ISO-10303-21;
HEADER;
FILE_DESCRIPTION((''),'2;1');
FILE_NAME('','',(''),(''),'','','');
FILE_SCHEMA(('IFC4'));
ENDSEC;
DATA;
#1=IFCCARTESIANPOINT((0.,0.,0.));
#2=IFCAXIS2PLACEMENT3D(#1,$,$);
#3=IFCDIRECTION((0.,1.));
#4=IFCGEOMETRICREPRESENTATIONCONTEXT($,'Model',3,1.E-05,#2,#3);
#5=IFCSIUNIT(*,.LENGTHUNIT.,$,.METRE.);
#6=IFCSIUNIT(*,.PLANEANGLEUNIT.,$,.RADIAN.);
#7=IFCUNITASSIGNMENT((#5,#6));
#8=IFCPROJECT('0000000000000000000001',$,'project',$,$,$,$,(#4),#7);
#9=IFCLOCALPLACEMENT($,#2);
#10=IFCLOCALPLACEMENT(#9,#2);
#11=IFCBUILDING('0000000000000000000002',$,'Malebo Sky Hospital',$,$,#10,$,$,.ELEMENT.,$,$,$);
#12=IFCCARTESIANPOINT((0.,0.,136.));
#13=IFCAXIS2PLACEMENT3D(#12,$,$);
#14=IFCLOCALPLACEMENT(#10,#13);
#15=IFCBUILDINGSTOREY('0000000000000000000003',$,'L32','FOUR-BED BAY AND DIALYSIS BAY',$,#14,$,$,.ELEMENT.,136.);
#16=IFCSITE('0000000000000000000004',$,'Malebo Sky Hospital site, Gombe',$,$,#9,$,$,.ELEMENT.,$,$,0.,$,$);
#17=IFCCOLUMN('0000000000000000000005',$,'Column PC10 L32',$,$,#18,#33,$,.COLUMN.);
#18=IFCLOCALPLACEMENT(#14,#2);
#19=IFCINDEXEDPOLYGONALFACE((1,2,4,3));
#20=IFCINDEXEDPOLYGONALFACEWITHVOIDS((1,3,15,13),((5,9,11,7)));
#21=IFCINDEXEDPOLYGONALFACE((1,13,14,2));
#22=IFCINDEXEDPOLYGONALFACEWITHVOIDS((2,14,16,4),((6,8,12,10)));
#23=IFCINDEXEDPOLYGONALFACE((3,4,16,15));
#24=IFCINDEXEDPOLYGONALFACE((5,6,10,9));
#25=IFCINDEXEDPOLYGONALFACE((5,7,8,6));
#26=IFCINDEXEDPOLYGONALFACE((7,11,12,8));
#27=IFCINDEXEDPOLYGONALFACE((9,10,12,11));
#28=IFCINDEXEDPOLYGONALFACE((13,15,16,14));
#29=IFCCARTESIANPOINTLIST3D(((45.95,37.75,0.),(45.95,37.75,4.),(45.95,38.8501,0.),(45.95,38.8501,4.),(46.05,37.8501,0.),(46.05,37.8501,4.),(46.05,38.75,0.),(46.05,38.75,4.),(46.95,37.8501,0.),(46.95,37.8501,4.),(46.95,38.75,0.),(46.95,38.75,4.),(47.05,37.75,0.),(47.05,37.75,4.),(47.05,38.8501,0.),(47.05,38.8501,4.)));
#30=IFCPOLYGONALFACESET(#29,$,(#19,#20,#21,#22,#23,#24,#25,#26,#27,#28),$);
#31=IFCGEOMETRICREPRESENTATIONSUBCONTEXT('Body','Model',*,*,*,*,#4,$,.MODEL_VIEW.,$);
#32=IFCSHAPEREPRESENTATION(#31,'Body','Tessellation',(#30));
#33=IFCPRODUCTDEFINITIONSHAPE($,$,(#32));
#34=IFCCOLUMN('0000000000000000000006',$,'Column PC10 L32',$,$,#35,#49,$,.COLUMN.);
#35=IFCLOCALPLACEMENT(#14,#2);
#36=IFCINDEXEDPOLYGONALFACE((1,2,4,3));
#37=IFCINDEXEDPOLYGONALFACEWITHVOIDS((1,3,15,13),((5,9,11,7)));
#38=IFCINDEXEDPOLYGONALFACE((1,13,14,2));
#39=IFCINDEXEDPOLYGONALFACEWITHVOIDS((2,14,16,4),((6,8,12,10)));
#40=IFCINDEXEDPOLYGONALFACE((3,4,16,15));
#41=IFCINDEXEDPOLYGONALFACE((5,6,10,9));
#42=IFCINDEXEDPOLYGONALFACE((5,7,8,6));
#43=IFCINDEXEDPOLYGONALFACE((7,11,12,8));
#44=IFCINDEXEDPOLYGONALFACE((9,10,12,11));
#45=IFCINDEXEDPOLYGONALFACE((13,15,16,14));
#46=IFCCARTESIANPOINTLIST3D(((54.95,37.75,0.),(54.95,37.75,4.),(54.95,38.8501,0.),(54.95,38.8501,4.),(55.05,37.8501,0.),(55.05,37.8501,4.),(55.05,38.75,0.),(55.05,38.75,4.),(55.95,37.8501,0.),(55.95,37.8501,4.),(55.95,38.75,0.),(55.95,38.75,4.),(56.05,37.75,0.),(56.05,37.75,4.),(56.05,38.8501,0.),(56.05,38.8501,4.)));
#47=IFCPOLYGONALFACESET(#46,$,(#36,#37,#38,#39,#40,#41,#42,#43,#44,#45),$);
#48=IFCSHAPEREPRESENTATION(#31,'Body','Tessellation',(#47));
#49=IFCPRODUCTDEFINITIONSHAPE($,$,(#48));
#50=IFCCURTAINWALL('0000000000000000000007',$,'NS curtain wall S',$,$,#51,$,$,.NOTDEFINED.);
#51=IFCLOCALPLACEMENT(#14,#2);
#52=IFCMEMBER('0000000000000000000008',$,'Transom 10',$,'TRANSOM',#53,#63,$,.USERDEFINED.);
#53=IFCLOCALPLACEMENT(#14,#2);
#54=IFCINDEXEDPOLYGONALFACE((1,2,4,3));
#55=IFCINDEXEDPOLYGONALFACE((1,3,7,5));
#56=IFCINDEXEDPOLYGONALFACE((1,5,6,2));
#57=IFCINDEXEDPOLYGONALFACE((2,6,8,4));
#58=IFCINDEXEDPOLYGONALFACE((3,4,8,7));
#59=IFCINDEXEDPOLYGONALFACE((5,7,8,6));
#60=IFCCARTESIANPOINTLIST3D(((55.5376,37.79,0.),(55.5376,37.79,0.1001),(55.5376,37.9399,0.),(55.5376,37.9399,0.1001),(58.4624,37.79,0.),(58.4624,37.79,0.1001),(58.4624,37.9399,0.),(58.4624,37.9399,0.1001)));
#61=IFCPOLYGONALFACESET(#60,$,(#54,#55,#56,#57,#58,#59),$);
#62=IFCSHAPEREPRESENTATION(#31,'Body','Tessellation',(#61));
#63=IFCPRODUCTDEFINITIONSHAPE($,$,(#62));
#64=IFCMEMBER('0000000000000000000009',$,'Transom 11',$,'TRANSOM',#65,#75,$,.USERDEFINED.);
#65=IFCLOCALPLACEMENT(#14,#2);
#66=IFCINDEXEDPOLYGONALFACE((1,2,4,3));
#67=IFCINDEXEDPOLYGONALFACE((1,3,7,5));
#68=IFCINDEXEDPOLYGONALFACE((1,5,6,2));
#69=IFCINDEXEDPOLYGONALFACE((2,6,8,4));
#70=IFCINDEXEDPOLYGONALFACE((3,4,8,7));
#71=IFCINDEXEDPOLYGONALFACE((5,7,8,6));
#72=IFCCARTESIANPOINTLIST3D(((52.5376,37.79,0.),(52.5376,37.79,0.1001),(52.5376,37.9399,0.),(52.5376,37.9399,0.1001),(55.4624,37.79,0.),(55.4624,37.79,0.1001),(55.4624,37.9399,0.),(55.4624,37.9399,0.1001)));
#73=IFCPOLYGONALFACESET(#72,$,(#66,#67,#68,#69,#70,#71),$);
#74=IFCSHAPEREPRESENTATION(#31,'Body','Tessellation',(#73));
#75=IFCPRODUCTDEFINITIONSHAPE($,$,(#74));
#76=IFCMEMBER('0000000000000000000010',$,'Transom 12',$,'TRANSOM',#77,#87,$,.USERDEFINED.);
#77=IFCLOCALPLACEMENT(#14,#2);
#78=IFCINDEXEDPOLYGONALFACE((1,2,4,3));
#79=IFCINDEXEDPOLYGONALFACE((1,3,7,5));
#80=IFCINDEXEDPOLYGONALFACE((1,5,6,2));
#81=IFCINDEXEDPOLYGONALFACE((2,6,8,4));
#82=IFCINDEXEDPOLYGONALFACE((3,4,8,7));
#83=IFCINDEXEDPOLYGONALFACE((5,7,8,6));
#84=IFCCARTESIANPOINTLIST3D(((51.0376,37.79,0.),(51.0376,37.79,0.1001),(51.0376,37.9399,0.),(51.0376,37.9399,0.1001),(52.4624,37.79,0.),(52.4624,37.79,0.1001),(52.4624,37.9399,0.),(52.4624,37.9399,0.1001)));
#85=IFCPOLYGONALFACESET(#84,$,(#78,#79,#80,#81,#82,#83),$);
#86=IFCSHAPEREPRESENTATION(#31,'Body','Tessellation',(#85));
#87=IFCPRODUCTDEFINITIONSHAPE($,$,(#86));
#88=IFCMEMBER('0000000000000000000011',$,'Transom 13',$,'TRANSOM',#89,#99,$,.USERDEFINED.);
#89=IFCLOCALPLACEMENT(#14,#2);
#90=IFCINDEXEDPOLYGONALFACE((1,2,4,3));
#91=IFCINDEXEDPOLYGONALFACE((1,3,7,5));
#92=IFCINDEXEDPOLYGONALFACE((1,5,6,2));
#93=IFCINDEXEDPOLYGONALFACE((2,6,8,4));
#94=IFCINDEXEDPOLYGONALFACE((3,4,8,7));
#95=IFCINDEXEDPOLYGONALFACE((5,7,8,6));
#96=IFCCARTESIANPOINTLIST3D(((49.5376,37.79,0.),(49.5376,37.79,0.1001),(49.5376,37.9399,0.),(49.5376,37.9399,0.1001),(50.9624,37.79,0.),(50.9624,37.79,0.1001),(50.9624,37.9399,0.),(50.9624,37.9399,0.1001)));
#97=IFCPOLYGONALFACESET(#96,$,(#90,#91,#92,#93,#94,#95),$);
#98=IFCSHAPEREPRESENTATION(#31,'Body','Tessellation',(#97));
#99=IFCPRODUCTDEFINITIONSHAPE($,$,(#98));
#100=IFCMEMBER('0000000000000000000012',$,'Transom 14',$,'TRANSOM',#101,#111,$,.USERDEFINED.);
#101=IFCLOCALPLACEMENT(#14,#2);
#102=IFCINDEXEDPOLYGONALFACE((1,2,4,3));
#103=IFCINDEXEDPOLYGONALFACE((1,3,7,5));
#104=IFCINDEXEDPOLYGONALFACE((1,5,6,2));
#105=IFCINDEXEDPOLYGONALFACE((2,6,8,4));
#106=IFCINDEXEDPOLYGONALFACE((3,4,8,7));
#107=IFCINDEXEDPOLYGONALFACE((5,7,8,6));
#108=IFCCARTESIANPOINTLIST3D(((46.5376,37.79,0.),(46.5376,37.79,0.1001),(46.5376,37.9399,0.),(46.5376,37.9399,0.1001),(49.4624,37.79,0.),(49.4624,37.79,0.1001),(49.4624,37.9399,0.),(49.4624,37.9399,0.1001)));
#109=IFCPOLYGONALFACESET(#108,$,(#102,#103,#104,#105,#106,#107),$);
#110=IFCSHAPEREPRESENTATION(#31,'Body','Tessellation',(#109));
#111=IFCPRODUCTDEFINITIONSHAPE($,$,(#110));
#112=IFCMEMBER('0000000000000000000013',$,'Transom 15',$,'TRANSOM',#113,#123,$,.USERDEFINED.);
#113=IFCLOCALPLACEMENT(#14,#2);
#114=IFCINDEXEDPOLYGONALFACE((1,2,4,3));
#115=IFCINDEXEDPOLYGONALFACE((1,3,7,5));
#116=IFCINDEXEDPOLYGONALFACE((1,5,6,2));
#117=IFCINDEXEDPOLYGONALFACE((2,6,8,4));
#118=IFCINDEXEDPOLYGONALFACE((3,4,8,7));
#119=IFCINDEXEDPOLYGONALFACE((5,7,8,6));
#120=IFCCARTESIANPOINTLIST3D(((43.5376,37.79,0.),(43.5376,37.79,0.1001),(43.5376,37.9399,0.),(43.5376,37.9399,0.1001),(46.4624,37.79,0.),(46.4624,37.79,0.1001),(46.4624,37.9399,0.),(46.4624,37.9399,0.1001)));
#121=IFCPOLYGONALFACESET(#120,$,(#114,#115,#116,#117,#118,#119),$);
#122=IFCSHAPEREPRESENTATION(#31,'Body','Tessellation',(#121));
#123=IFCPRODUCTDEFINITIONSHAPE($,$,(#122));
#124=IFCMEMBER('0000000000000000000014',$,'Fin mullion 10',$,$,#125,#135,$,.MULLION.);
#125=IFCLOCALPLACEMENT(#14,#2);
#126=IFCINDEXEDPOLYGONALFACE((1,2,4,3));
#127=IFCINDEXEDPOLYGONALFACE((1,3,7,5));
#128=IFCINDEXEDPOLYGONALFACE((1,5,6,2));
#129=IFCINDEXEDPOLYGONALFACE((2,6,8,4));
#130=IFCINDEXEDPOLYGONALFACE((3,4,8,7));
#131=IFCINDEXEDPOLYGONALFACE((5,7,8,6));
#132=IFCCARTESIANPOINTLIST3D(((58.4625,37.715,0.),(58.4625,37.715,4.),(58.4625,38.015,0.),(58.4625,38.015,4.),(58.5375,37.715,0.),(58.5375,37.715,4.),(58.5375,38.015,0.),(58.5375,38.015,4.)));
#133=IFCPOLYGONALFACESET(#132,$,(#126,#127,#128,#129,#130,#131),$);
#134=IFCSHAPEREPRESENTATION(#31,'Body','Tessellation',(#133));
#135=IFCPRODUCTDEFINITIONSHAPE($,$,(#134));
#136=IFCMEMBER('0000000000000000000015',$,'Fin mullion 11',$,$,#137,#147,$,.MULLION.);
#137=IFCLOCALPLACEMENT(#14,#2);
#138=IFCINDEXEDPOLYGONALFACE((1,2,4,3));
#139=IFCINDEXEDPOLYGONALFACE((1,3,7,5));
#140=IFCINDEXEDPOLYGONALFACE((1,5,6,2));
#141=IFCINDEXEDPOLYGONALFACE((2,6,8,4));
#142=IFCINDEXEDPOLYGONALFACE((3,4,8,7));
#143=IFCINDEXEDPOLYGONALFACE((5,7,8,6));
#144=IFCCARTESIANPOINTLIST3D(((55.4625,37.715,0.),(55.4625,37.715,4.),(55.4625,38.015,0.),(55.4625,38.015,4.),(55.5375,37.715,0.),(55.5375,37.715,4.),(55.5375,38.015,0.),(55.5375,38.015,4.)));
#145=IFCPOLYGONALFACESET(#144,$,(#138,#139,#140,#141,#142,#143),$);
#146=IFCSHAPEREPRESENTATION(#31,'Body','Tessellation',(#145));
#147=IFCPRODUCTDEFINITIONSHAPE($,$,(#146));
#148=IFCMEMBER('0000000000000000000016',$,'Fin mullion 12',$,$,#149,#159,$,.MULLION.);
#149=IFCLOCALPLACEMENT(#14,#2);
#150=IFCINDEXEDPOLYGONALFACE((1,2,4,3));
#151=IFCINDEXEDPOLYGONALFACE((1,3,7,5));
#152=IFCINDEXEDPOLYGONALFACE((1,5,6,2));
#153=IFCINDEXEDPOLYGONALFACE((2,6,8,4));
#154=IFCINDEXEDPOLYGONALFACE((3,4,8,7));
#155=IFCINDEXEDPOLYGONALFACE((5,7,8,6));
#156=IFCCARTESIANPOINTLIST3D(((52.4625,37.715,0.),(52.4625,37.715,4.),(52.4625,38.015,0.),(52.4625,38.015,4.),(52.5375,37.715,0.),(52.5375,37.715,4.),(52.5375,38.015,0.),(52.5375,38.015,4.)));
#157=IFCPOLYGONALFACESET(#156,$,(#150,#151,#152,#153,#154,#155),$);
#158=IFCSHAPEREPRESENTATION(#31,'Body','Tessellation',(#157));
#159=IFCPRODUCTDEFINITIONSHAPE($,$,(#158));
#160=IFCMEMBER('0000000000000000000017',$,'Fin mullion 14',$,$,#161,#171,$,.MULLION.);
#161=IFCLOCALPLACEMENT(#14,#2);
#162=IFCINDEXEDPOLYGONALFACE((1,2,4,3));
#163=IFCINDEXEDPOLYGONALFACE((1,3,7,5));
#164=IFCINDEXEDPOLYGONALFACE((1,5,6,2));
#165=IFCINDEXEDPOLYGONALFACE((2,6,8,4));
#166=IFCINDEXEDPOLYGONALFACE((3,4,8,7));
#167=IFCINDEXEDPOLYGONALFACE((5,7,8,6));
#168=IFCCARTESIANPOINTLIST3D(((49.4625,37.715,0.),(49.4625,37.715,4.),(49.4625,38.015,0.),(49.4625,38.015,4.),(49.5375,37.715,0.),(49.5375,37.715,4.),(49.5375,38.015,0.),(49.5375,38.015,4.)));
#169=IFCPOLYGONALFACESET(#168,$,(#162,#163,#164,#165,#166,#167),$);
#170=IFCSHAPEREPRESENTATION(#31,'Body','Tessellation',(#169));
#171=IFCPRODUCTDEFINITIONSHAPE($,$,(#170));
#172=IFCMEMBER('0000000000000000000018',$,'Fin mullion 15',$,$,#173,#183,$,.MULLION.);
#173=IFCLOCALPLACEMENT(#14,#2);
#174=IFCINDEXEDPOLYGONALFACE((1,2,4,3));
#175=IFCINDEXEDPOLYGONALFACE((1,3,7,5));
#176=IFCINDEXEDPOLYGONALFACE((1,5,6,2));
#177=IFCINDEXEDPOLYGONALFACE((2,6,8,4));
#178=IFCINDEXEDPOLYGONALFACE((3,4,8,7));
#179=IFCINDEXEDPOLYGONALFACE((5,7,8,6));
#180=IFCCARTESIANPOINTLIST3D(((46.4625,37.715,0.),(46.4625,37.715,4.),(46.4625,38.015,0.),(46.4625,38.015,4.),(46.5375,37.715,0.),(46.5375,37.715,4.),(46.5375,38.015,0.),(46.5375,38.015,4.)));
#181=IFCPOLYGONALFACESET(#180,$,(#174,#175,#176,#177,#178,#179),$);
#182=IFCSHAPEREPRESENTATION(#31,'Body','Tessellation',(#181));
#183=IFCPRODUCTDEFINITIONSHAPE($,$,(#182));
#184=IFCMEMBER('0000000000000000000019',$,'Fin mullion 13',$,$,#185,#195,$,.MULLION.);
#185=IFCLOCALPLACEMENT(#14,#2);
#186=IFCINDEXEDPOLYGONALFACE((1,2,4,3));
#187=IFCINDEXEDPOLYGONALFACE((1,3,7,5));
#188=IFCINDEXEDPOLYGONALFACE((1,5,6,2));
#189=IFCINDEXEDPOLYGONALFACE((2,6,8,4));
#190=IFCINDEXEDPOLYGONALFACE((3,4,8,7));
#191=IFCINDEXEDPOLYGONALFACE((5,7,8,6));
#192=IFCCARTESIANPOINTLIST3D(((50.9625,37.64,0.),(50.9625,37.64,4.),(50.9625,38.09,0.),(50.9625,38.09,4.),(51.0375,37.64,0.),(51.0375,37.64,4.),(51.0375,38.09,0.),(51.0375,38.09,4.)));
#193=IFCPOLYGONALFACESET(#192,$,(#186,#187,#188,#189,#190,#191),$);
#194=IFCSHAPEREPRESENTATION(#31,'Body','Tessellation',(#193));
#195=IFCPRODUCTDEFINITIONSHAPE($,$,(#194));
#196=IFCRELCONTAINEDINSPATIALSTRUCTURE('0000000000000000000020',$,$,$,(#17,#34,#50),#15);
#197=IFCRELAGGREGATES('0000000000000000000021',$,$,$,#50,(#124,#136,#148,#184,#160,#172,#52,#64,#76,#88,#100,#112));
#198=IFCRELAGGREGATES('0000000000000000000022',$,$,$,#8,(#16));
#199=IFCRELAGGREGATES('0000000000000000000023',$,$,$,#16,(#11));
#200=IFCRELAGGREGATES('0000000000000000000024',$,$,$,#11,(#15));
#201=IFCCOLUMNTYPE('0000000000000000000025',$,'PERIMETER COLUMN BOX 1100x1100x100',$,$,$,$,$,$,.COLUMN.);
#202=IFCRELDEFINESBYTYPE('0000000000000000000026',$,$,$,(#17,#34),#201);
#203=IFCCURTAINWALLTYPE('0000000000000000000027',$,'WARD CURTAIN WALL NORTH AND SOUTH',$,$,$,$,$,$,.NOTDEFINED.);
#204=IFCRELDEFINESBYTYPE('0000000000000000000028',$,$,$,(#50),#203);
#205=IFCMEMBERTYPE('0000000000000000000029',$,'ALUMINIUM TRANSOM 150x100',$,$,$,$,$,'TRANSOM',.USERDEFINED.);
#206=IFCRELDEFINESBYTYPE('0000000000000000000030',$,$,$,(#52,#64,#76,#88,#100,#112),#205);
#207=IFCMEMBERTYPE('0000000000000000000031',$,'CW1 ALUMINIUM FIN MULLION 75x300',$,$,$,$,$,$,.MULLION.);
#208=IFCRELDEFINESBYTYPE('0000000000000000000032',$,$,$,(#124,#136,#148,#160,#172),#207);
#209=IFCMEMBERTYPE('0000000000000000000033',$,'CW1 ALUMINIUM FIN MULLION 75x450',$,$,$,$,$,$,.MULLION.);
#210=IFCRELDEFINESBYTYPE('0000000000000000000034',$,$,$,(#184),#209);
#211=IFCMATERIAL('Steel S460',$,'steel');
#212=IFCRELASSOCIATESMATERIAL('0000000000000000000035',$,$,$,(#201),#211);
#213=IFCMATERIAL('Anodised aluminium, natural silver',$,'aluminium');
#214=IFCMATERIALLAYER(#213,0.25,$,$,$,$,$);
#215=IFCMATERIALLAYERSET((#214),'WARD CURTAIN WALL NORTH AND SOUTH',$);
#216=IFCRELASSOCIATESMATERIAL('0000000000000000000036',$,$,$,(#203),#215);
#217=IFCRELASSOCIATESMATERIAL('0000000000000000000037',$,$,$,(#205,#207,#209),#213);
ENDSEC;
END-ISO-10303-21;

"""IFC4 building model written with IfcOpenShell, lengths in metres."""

from ifc_helpers import new_model, si_unit, direction, frame, origin, origin_2d, place, context, subcontext, project, spatial, rectangle, hollow_rectangle, extrude, material, layer, layer_set, material_profile, profile_set, type_object, element, aggregate, save


model = new_model("IFC4")

# Units and contexts
model_context = context("Model", 3, precision=1e-05, world=origin(), true_north=direction((0.0, 1.0)))
body_context = subcontext(model_context, "Body", "Model", "MODEL_VIEW")
ifc_project = project(units=[si_unit("LENGTHUNIT", "METRE"), si_unit("PLANEANGLEUNIT", "RADIAN")], contexts=[model_context])

# Site, building, storey
site_placement = place(None, origin())
site = spatial("IfcSite", under=ifc_project, at=site_placement, Name="Malebo Sky Hospital site, Gombe", CompositionType="ELEMENT", RefElevation=0.0)
building_placement = place(site_placement, origin())
building = spatial("IfcBuilding", under=site, at=building_placement, Name="Malebo Sky Hospital", CompositionType="ELEMENT")
storey_placement = place(building_placement, frame((0.0, 0.0, 136.0)))
storey = spatial("IfcBuildingStorey", under=building, at=storey_placement, Name="L32", Description="FOUR-BED BAY AND DIALYSIS BAY", CompositionType="ELEMENT", Elevation=136.0)

# Columns
ifc_material_1 = material(Name="Steel S460", Category="steel")
ifc_material_profile_1 = material_profile(ifc_material_1, hollow_rectangle(XDim=1.1001, YDim=1.1001, WallThickness=0.1001, at=origin_2d()), Name="BOX 1100x1100x100")
ifc_profile_set_1 = profile_set([ifc_material_profile_1], Name="Steel S460")
column_type = type_object("IfcColumnType", Name="PERIMETER COLUMN BOX 1100x1100x100", PredefinedType="COLUMN", material=ifc_profile_set_1)
for number, where, z_axis, x_axis, name in (
    (1, (46.5, 38.3, 0.0), (0.0, 0.0, 1.0), (1.0, 0.0, 0.0), "Column PC10 L32"),
    (2, (55.5, 38.3, 0.0), (0.0, 0.0, 1.0), (1.0, 0.0, 0.0), "Column PC10 L32"),
):
    element("IfcColumn", number, at=place(storey_placement, frame(where, z_axis=z_axis, x_axis=x_axis)), inside=storey, type_object=column_type, Name=name, PredefinedType="COLUMN", context=body_context, shape_type="SweptSolid", body=[
        extrude(hollow_rectangle(XDim=1.1001, YDim=1.1001, WallThickness=0.1001, at=origin_2d()), origin(), (0.0, 0.0, 1.0), 4.0),
    ])

# Curtain wall, members
ifc_material_2 = material(Name="Anodised aluminium, natural silver", Category="aluminium")
ifc_layer_1 = layer(ifc_material_2, 0.25)
ifc_layer_set_1 = layer_set([ifc_layer_1], Name="WARD CURTAIN WALL NORTH AND SOUTH")
curtain_wall_type = type_object("IfcCurtainWallType", Name="WARD CURTAIN WALL NORTH AND SOUTH", PredefinedType="NOTDEFINED", material=ifc_layer_set_1)
curtain_wall_placement = place(storey_placement, origin())
curtain_wall = element("IfcCurtainWall", 3, at=curtain_wall_placement, inside=storey, type_object=curtain_wall_type, Name="NS curtain wall S", PredefinedType="NOTDEFINED")
ifc_material_profile_2 = material_profile(ifc_material_2, rectangle(XDim=0.1499, YDim=0.1001, at=origin_2d()), Name="ALUMINIUM TRANSOM 150x100")
ifc_profile_set_2 = profile_set([ifc_material_profile_2], Name="Anodised aluminium, natural silver")
member_type_1 = type_object("IfcMemberType", Name="ALUMINIUM TRANSOM 150x100", ElementType="TRANSOM", PredefinedType="USERDEFINED", material=ifc_profile_set_2)
member_1_placement = place(storey_placement, frame((58.4624, 37.865, 0.05), z_axis=(-1.0, 0.0, 0.0), x_axis=(0.0, -1.0, 0.0)))
member_1 = element("IfcMember", 4, at=member_1_placement, type_object=member_type_1, Name="Transom 10", ObjectType="TRANSOM", PredefinedType="USERDEFINED", context=body_context, shape_type="SweptSolid", body=[
    extrude(rectangle(XDim=0.1499, YDim=0.1001, at=origin_2d()), origin(), (0.0, 0.0, 1.0), 2.9248),
])
member_2_placement = place(storey_placement, frame((55.4624, 37.865, 0.05), z_axis=(-1.0, 0.0, 0.0), x_axis=(0.0, -1.0, 0.0)))
member_2 = element("IfcMember", 5, at=member_2_placement, type_object=member_type_1, Name="Transom 11", ObjectType="TRANSOM", PredefinedType="USERDEFINED", context=body_context, shape_type="SweptSolid", body=[
    extrude(rectangle(XDim=0.1499, YDim=0.1001, at=origin_2d()), origin(), (0.0, 0.0, 1.0), 2.9248),
])
member_3_placement = place(storey_placement, frame((52.4624, 37.865, 0.05), z_axis=(-1.0, 0.0, 0.0), x_axis=(0.0, -1.0, 0.0)))
member_3 = element("IfcMember", 6, at=member_3_placement, type_object=member_type_1, Name="Transom 12", ObjectType="TRANSOM", PredefinedType="USERDEFINED", context=body_context, shape_type="SweptSolid", body=[
    extrude(rectangle(XDim=0.1499, YDim=0.1001, at=origin_2d()), origin(), (0.0, 0.0, 1.0), 1.4248),
])
member_4_placement = place(storey_placement, frame((50.9624, 37.865, 0.05), z_axis=(-1.0, 0.0, 0.0), x_axis=(0.0, -1.0, 0.0)))
member_4 = element("IfcMember", 7, at=member_4_placement, type_object=member_type_1, Name="Transom 13", ObjectType="TRANSOM", PredefinedType="USERDEFINED", context=body_context, shape_type="SweptSolid", body=[
    extrude(rectangle(XDim=0.1499, YDim=0.1001, at=origin_2d()), origin(), (0.0, 0.0, 1.0), 1.4248),
])
member_5_placement = place(storey_placement, frame((49.4624, 37.865, 0.05), z_axis=(-1.0, 0.0, 0.0), x_axis=(0.0, -1.0, 0.0)))
member_5 = element("IfcMember", 8, at=member_5_placement, type_object=member_type_1, Name="Transom 14", ObjectType="TRANSOM", PredefinedType="USERDEFINED", context=body_context, shape_type="SweptSolid", body=[
    extrude(rectangle(XDim=0.1499, YDim=0.1001, at=origin_2d()), origin(), (0.0, 0.0, 1.0), 2.9248),
])
member_6_placement = place(storey_placement, frame((46.4624, 37.865, 0.05), z_axis=(-1.0, 0.0, 0.0), x_axis=(0.0, -1.0, 0.0)))
member_6 = element("IfcMember", 9, at=member_6_placement, type_object=member_type_1, Name="Transom 15", ObjectType="TRANSOM", PredefinedType="USERDEFINED", context=body_context, shape_type="SweptSolid", body=[
    extrude(rectangle(XDim=0.1499, YDim=0.1001, at=origin_2d()), origin(), (0.0, 0.0, 1.0), 2.9248),
])
ifc_material_profile_3 = material_profile(ifc_material_2, rectangle(XDim=0.075, YDim=0.3, at=origin_2d()), Name="CW1 ALUMINIUM FIN MULLION 75x300")
ifc_profile_set_3 = profile_set([ifc_material_profile_3], Name="Anodised aluminium, natural silver")
member_type_2 = type_object("IfcMemberType", Name="CW1 ALUMINIUM FIN MULLION 75x300", PredefinedType="MULLION", material=ifc_profile_set_3)
member_7_placement = place(storey_placement, frame((58.5, 37.865, 0.0), z_axis=(0.0, 0.0, 1.0), x_axis=(-1.0, 0.0, 0.0)))
member_7 = element("IfcMember", 10, at=member_7_placement, type_object=member_type_2, Name="Fin mullion 10", PredefinedType="MULLION", context=body_context, shape_type="SweptSolid", body=[
    extrude(rectangle(XDim=0.075, YDim=0.3, at=origin_2d()), origin(), (0.0, 0.0, 1.0), 4.0),
])
member_8_placement = place(storey_placement, frame((55.5, 37.865, 0.0), z_axis=(0.0, 0.0, 1.0), x_axis=(-1.0, 0.0, 0.0)))
member_8 = element("IfcMember", 11, at=member_8_placement, type_object=member_type_2, Name="Fin mullion 11", PredefinedType="MULLION", context=body_context, shape_type="SweptSolid", body=[
    extrude(rectangle(XDim=0.075, YDim=0.3, at=origin_2d()), origin(), (0.0, 0.0, 1.0), 4.0),
])
member_9_placement = place(storey_placement, frame((52.5, 37.865, 0.0), z_axis=(0.0, 0.0, 1.0), x_axis=(-1.0, 0.0, 0.0)))
member_9 = element("IfcMember", 12, at=member_9_placement, type_object=member_type_2, Name="Fin mullion 12", PredefinedType="MULLION", context=body_context, shape_type="SweptSolid", body=[
    extrude(rectangle(XDim=0.075, YDim=0.3, at=origin_2d()), origin(), (0.0, 0.0, 1.0), 4.0),
])
member_10_placement = place(storey_placement, frame((49.5, 37.865, 0.0), z_axis=(0.0, 0.0, 1.0), x_axis=(-1.0, 0.0, 0.0)))
member_10 = element("IfcMember", 13, at=member_10_placement, type_object=member_type_2, Name="Fin mullion 14", PredefinedType="MULLION", context=body_context, shape_type="SweptSolid", body=[
    extrude(rectangle(XDim=0.075, YDim=0.3, at=origin_2d()), origin(), (0.0, 0.0, 1.0), 4.0),
])
member_11_placement = place(storey_placement, frame((46.5, 37.865, 0.0), z_axis=(0.0, 0.0, 1.0), x_axis=(-1.0, 0.0, 0.0)))
member_11 = element("IfcMember", 14, at=member_11_placement, type_object=member_type_2, Name="Fin mullion 15", PredefinedType="MULLION", context=body_context, shape_type="SweptSolid", body=[
    extrude(rectangle(XDim=0.075, YDim=0.3, at=origin_2d()), origin(), (0.0, 0.0, 1.0), 4.0),
])
ifc_material_profile_4 = material_profile(ifc_material_2, rectangle(XDim=0.075, YDim=0.45, at=origin_2d()), Name="CW1 ALUMINIUM FIN MULLION 75x450")
ifc_profile_set_4 = profile_set([ifc_material_profile_4], Name="Anodised aluminium, natural silver")
member_type_3 = type_object("IfcMemberType", Name="CW1 ALUMINIUM FIN MULLION 75x450", PredefinedType="MULLION", material=ifc_profile_set_4)
member_12_placement = place(storey_placement, frame((51.0, 37.865, 0.0), z_axis=(0.0, 0.0, 1.0), x_axis=(-1.0, 0.0, 0.0)))
member_12 = element("IfcMember", 15, at=member_12_placement, type_object=member_type_3, Name="Fin mullion 13", PredefinedType="MULLION", context=body_context, shape_type="SweptSolid", body=[
    extrude(rectangle(XDim=0.075, YDim=0.45, at=origin_2d()), origin(), (0.0, 0.0, 1.0), 4.0),
])

aggregate(curtain_wall, [member_7, member_8, member_9, member_12, member_10, member_11, member_1, member_2, member_3, member_4, member_5, member_6])

save(model, "model.ifc")
